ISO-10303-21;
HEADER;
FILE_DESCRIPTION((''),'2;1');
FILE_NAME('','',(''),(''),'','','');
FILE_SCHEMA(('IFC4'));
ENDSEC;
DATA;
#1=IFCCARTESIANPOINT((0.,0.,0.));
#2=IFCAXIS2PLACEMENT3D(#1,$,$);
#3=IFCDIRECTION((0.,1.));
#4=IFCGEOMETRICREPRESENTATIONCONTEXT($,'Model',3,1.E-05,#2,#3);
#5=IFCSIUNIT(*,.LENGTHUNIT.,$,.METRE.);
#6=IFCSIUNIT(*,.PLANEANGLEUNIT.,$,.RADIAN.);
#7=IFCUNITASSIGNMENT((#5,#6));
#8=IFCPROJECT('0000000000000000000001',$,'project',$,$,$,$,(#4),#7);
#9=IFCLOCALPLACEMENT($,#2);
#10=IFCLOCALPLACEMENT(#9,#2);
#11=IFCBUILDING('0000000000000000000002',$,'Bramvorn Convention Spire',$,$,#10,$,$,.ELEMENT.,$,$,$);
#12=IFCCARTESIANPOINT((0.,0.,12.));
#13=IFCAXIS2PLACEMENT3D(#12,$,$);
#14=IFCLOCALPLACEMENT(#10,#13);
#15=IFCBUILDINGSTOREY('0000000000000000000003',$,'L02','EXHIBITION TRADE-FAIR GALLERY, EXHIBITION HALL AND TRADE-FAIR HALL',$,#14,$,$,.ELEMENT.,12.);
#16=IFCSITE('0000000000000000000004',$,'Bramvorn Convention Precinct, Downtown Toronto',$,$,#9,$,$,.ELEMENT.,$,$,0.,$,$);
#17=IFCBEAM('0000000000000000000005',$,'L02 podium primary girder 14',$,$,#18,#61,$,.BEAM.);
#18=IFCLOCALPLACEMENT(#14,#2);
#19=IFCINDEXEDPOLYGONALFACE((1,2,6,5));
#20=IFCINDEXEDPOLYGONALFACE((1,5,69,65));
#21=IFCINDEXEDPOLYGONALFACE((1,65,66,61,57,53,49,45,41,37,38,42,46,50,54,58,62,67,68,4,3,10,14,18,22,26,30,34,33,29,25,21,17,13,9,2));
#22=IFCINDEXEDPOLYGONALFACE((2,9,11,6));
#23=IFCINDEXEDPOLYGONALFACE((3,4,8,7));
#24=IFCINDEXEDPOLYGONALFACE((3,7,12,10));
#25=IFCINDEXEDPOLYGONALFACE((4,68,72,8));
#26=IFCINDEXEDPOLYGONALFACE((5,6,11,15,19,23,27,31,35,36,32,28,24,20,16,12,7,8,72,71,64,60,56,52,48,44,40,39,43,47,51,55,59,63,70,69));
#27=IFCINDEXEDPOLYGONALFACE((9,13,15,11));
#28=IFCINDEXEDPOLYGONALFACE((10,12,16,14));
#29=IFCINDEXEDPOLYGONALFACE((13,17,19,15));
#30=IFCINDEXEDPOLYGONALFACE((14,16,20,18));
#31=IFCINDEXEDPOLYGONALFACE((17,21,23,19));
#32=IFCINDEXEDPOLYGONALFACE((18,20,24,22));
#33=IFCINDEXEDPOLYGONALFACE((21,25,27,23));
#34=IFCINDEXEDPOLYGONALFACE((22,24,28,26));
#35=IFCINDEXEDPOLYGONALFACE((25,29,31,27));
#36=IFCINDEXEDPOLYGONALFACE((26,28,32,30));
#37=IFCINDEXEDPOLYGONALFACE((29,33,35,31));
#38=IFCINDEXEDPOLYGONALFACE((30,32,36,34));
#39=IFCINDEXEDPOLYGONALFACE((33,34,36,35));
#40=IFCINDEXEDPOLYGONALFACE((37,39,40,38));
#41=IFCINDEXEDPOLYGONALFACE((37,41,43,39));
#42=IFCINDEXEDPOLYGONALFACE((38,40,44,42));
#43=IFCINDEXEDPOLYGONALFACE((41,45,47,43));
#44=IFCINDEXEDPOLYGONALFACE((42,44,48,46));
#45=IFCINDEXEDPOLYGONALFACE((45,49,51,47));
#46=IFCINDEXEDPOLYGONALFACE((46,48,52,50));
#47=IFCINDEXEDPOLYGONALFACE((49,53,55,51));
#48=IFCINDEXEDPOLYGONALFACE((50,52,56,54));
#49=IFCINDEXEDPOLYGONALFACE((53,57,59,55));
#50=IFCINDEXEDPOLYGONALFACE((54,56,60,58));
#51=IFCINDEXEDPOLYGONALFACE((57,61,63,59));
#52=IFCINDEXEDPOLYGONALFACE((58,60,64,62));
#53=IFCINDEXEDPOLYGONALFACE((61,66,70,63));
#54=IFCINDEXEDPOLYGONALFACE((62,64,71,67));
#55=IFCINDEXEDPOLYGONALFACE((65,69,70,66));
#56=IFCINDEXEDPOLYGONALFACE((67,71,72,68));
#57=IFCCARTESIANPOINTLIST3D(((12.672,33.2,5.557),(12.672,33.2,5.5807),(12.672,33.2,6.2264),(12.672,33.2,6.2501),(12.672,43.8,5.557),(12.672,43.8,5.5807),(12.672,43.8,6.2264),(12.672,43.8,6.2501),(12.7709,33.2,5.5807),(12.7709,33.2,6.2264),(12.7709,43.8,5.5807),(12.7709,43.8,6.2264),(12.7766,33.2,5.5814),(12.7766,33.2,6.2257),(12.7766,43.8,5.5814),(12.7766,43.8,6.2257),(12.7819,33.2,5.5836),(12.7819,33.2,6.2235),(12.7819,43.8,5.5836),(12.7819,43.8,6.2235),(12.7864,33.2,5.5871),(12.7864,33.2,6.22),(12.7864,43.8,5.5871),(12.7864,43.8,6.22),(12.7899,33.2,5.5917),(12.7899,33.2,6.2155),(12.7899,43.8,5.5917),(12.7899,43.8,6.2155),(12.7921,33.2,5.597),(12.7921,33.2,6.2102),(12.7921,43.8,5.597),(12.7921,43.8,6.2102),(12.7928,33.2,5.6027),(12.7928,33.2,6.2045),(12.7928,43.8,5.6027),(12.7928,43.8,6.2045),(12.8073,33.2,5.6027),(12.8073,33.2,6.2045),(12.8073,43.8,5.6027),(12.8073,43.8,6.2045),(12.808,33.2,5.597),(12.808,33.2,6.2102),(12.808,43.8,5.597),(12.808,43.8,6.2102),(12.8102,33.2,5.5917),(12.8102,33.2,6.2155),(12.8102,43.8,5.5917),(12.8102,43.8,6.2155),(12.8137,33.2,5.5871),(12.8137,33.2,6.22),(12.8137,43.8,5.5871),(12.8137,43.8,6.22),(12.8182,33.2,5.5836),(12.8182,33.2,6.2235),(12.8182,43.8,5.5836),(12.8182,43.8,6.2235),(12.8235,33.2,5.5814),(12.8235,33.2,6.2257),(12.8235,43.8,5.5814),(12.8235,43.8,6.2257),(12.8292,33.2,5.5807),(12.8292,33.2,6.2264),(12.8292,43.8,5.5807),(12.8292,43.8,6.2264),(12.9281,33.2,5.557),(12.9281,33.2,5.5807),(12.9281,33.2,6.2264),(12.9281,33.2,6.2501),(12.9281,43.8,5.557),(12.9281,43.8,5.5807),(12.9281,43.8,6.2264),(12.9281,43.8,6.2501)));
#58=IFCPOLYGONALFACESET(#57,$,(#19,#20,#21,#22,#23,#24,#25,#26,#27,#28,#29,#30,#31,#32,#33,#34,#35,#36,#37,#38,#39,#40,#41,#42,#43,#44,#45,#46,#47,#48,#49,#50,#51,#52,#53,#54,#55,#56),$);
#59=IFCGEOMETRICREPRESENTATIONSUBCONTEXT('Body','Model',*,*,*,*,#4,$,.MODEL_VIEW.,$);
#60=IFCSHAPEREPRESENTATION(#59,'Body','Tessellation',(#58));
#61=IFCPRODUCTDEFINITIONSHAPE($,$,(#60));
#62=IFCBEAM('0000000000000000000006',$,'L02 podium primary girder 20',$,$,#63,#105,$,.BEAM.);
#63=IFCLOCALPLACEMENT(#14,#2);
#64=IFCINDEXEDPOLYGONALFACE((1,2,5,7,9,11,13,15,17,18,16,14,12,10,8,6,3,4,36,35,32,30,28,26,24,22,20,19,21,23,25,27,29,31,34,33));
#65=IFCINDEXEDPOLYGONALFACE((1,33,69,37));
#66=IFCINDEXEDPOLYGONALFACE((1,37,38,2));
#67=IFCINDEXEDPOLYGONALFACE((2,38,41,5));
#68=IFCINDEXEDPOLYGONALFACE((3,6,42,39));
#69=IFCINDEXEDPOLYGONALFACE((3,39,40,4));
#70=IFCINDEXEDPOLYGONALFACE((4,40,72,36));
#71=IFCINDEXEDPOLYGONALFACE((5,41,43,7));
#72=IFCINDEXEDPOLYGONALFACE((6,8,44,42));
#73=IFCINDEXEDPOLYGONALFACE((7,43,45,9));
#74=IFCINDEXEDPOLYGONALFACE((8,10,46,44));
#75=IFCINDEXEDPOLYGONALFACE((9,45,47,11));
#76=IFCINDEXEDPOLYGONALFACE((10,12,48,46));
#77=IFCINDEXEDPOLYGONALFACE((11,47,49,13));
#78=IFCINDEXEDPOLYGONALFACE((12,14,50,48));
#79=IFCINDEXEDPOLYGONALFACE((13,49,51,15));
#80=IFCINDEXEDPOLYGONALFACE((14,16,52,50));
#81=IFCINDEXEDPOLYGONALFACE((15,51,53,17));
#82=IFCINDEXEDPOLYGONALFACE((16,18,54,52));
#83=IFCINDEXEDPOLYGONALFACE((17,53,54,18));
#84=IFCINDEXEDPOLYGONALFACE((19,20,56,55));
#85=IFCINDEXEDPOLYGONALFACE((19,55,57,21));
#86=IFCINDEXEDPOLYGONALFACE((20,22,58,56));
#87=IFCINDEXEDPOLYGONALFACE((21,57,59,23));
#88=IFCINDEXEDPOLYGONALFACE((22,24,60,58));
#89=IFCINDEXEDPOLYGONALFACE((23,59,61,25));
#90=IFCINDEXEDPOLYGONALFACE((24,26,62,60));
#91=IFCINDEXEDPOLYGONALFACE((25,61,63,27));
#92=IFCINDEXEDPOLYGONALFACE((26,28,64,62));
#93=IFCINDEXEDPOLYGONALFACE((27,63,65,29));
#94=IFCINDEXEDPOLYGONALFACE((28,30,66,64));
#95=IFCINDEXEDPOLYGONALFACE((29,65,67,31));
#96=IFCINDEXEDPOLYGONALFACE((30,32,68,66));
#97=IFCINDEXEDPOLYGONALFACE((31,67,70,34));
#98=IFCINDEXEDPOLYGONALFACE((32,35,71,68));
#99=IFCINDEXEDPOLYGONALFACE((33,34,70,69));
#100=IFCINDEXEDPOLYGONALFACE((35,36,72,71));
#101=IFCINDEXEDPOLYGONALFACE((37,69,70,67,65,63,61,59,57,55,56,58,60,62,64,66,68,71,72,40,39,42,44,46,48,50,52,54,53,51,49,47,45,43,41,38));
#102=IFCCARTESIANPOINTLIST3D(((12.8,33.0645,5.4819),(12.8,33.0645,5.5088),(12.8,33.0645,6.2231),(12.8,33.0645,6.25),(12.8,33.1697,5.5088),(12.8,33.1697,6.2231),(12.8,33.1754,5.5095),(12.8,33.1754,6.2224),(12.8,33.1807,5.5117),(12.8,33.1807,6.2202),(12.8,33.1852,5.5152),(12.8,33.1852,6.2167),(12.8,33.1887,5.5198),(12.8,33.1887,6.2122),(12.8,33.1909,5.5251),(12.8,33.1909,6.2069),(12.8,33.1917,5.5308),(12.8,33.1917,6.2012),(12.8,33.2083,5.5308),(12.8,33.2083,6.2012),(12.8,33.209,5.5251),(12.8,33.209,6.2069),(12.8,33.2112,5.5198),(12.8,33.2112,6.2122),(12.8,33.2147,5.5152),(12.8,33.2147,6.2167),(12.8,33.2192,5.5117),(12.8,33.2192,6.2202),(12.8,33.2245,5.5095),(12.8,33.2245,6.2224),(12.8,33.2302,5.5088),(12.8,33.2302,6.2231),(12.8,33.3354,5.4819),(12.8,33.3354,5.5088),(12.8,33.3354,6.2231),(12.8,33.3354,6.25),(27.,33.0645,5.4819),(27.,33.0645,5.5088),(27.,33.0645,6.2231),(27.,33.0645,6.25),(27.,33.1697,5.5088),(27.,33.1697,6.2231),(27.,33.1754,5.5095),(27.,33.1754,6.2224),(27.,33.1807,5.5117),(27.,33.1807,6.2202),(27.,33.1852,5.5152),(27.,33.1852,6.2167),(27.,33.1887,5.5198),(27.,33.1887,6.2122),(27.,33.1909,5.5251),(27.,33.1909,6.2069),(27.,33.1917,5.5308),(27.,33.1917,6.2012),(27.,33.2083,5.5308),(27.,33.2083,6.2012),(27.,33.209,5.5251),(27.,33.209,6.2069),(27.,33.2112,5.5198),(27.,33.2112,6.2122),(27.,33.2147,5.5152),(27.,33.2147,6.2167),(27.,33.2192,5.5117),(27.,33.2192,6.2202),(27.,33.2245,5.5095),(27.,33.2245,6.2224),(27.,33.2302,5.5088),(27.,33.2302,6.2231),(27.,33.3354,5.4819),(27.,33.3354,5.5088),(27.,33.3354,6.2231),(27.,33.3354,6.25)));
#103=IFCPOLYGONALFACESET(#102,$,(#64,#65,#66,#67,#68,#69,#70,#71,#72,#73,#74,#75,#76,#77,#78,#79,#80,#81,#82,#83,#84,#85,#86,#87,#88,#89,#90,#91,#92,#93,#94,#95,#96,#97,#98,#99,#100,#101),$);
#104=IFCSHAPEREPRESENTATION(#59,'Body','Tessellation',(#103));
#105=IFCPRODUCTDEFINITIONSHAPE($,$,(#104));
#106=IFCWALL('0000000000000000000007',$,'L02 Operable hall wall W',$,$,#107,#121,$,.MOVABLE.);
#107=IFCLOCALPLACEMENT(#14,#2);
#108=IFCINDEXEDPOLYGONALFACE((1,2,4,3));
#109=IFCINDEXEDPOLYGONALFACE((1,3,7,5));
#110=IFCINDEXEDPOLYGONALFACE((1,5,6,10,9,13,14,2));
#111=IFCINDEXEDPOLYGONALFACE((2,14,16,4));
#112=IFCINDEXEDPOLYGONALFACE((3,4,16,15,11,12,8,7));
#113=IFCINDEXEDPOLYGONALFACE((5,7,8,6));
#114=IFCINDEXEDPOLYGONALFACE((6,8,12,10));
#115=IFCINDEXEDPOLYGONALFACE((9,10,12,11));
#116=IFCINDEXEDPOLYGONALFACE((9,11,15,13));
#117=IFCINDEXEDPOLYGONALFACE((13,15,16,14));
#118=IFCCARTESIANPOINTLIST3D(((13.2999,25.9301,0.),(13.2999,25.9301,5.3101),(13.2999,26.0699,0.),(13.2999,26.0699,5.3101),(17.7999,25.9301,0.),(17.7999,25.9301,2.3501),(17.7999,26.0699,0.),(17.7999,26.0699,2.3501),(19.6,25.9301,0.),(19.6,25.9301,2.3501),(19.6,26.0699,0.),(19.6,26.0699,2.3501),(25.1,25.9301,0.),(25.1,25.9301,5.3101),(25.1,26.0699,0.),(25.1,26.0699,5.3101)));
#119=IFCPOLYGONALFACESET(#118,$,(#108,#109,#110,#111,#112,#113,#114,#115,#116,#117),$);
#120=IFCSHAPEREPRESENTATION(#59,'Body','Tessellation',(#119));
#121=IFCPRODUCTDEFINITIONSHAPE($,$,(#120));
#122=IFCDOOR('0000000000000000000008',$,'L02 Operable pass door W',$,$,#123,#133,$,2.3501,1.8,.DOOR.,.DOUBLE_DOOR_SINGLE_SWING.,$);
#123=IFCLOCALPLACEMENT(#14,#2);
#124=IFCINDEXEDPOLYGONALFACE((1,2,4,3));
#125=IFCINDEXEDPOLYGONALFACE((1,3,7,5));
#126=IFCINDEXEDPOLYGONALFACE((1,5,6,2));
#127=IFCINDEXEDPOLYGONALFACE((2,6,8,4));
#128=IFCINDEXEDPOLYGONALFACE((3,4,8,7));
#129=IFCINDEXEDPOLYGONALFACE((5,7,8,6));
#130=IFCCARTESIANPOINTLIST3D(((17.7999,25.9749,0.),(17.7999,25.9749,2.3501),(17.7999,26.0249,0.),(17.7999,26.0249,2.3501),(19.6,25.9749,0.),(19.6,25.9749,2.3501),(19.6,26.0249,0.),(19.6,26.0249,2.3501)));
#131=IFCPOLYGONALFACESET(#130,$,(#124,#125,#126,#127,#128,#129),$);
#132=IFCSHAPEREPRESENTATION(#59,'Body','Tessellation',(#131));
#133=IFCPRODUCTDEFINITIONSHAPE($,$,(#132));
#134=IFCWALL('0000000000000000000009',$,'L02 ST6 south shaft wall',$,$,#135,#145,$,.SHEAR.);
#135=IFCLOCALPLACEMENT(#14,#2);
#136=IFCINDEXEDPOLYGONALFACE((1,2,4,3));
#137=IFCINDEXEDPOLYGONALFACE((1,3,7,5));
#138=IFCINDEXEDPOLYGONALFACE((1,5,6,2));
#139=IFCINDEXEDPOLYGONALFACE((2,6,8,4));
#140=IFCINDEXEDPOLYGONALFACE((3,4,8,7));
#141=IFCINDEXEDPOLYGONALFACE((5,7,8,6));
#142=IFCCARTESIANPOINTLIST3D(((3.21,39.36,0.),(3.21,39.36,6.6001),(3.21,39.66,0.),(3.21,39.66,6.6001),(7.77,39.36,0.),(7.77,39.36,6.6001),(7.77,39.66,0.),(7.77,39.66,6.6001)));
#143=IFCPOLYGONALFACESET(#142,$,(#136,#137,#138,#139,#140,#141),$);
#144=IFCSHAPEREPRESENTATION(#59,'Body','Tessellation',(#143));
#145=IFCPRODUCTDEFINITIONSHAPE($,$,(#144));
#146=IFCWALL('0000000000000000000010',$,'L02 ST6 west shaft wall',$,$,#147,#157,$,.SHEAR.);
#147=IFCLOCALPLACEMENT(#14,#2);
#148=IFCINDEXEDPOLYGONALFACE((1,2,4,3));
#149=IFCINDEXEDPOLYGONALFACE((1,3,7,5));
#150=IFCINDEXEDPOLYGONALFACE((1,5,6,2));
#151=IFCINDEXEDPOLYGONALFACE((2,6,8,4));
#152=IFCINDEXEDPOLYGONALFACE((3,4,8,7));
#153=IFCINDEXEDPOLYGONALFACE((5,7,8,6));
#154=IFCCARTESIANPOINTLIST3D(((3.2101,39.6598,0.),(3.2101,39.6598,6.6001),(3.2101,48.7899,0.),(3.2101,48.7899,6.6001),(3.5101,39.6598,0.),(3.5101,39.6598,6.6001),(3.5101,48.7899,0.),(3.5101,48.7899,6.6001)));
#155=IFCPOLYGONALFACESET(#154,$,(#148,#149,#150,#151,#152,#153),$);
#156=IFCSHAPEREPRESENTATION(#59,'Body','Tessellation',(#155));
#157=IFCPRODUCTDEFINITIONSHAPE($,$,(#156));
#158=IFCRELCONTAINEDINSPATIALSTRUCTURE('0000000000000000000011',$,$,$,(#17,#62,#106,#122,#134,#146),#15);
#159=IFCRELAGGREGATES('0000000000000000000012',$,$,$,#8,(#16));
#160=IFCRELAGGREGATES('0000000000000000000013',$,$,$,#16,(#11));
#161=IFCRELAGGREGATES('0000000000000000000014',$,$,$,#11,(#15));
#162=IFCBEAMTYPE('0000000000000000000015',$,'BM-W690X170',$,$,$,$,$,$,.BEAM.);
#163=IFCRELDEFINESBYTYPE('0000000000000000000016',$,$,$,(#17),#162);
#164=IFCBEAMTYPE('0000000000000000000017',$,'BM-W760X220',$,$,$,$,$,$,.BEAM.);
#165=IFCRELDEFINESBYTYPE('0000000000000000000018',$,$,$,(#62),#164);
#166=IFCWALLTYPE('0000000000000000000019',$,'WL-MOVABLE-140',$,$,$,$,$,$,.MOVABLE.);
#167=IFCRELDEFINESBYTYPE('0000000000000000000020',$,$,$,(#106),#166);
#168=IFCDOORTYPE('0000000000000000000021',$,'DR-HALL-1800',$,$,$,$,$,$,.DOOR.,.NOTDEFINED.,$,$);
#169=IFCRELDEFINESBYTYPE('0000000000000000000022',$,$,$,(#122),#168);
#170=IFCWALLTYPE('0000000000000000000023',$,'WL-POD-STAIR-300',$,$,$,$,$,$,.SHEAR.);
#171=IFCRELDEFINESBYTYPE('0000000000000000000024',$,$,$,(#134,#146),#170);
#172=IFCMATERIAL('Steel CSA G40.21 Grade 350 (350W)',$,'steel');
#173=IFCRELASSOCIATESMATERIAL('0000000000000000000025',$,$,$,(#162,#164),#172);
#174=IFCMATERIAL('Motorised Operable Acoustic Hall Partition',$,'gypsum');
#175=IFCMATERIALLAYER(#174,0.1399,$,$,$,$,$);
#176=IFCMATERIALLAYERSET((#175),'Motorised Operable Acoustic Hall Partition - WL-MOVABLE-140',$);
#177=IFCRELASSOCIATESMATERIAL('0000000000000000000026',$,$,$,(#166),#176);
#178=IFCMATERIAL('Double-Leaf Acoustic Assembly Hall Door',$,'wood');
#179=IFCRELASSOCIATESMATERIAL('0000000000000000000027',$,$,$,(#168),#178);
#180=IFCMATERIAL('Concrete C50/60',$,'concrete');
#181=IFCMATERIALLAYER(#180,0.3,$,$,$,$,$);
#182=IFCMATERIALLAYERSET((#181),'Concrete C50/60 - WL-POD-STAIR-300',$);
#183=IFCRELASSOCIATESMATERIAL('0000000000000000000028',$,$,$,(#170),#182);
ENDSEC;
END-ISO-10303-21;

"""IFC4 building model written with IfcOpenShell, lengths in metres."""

from ifc_helpers import new_model, si_unit, direction, frame, frame_2d, origin, origin_2d, place, context, subcontext, project, spatial, rectangle, i_section, extrude, material, layer, layer_set, material_profile, profile_set, type_object, element, fill, save


model = new_model("IFC4")

# Units and contexts
model_context = context("Model", 3, precision=1e-05, world=origin(), true_north=direction((0.0, 1.0)))
body_context = subcontext(model_context, "Body", "Model", "MODEL_VIEW")
ifc_project = project(units=[si_unit("LENGTHUNIT", "METRE"), si_unit("PLANEANGLEUNIT", "RADIAN")], contexts=[model_context])

# Site, building, storey
site_placement = place(None, origin())
site = spatial("IfcSite", under=ifc_project, at=site_placement, Name="Bramvorn Convention Precinct, Downtown Toronto", CompositionType="ELEMENT", RefElevation=0.0)
building_placement = place(site_placement, origin())
building = spatial("IfcBuilding", under=site, at=building_placement, Name="Bramvorn Convention Spire", CompositionType="ELEMENT")
storey_placement = place(building_placement, frame((0.0, 0.0, 12.0)))
storey = spatial("IfcBuildingStorey", under=building, at=storey_placement, Name="L02", Description="EXHIBITION TRADE-FAIR GALLERY, EXHIBITION HALL AND TRADE-FAIR HALL", CompositionType="ELEMENT", Elevation=12.0)

# Shared definitions
ifc_material_1 = material(Name="Steel CSA G40.21 Grade 350 (350W)", Category="steel")

# Beams
ifc_material_2 = material(Name="Concrete C50/60", Category="concrete")
ifc_material_profile_1 = material_profile(ifc_material_1, i_section(OverallWidth=0.2561, OverallDepth=0.6931, WebThickness=0.0144, FlangeThickness=0.0237, FilletRadius=0.022, at=origin_2d()))
ifc_profile_set_1 = profile_set([ifc_material_profile_1], Name="Steel CSA G40.21 Grade 350 (350W) - W690X170")
beam_type_1 = type_object("IfcBeamType", Name="BM-W690X170", PredefinedType="BEAM", material=ifc_profile_set_1)
beam_1_placement = place(storey_placement, frame((12.8, 33.2, 5.9036), z_axis=(0.0, 1.0, 0.0), x_axis=(-1.0, 0.0, 0.0)))
element("IfcBeam", 1, at=beam_1_placement, inside=storey, type_object=beam_type_1, Name="L02 podium primary girder 14", PredefinedType="BEAM", context=body_context, shape_type="SweptSolid", body=[
    extrude(i_section(OverallWidth=0.2561, OverallDepth=0.6931, WebThickness=0.0144, FlangeThickness=0.0237, FilletRadius=0.022, at=origin_2d()), origin(), (0.0, 0.0, 1.0), 10.6001),
])
ifc_material_profile_2 = material_profile(ifc_material_1, i_section(OverallWidth=0.271, OverallDepth=0.7681, WebThickness=0.0166, FlangeThickness=0.0269, FilletRadius=0.022, at=origin_2d()))
ifc_profile_set_2 = profile_set([ifc_material_profile_2], Name="Steel CSA G40.21 Grade 350 (350W) - W760X220")
beam_type_2 = type_object("IfcBeamType", Name="BM-W760X220", PredefinedType="BEAM", material=ifc_profile_set_2)
beam_2_placement = place(storey_placement, frame((12.8, 33.2, 5.866), z_axis=(1.0, 0.0, 0.0), x_axis=(0.0, 1.0, 0.0)))
element("IfcBeam", 2, at=beam_2_placement, inside=storey, type_object=beam_type_2, Name="L02 podium primary girder 20", PredefinedType="BEAM", context=body_context, shape_type="SweptSolid", body=[
    extrude(i_section(OverallWidth=0.271, OverallDepth=0.7681, WebThickness=0.0166, FlangeThickness=0.0269, FilletRadius=0.022, at=origin_2d()), origin(), (0.0, 0.0, 1.0), 14.2),
])

# Wall, opening, door
ifc_material_3 = material(Name="Motorised Operable Acoustic Hall Partition", Category="gypsum")
ifc_layer_1 = layer(ifc_material_3, 0.1399)
ifc_layer_set_1 = layer_set([ifc_layer_1], Name="Motorised Operable Acoustic Hall Partition - WL-MOVABLE-140")
wall_type_1 = type_object("IfcWallType", Name="WL-MOVABLE-140", PredefinedType="MOVABLE", material=ifc_layer_set_1)
wall_1_placement = place(storey_placement, frame((13.3, 26.0, 0.0), z_axis=(0.0, 0.0, 1.0), x_axis=(1.0, 0.0, 0.0)))
wall_1 = element("IfcWall", 3, at=wall_1_placement, inside=storey, type_object=wall_type_1, Name="L02 Operable hall wall W", PredefinedType="MOVABLE", context=body_context, shape_type="SweptSolid", body=[
    extrude(rectangle(XDim=11.8, YDim=0.1399, at=frame_2d((5.8999, 0.0))), origin(), (0.0, 0.0, 1.0), 5.3101),
])
opening_placement = place(wall_1_placement, frame((4.5, 0.0, 0.0)))
opening = element("IfcOpeningElement", 4, at=opening_placement, cuts=wall_1, PredefinedType="OPENING", context=body_context, shape_type="SweptSolid", body=[
    extrude(rectangle(XDim=1.8, YDim=2.3501, at=frame_2d((0.8999, 1.175))), frame((0.0, 0.0798, 0.0), z_axis=(0.0, -1.0, 0.0), x_axis=(1.0, 0.0, 0.0)), (0.0, 0.0, 1.0), 0.1599),
])
ifc_material_4 = material(Name="Double-Leaf Acoustic Assembly Hall Door", Category="wood")
door_type = type_object("IfcDoorType", Name="DR-HALL-1800", OperationType="NOTDEFINED", PredefinedType="DOOR", material=ifc_material_4)
door_placement = place(opening_placement, origin())
door = element("IfcDoor", 5, at=door_placement, inside=storey, type_object=door_type, Name="L02 Operable pass door W", OperationType="DOUBLE_DOOR_SINGLE_SWING", OverallHeight=2.3501, OverallWidth=1.8, PredefinedType="DOOR", context=body_context, shape_type="SweptSolid", body=[
    extrude(rectangle(XDim=1.8, YDim=2.3501, at=frame_2d((0.8999, 1.175))), frame((0.0, 0.0249, 0.0), z_axis=(0.0, -1.0, 0.0), x_axis=(1.0, 0.0, 0.0)), (0.0, 0.0, 1.0), 0.05),
])
fill(opening, door)

# Walls
ifc_layer_2 = layer(ifc_material_2, 0.3)
ifc_layer_set_2 = layer_set([ifc_layer_2], Name="Concrete C50/60 - WL-POD-STAIR-300")
wall_type_2 = type_object("IfcWallType", Name="WL-POD-STAIR-300", PredefinedType="SHEAR", material=ifc_layer_set_2)
wall_2_placement = place(storey_placement, frame((3.21, 39.51, 0.0), z_axis=(0.0, 0.0, 1.0), x_axis=(1.0, 0.0, 0.0)))
element("IfcWall", 6, at=wall_2_placement, inside=storey, type_object=wall_type_2, Name="L02 ST6 south shaft wall", PredefinedType="SHEAR", context=body_context, shape_type="SweptSolid", body=[
    extrude(rectangle(XDim=4.5601, YDim=0.3, at=frame_2d((2.28, 0.0))), origin(), (0.0, 0.0, 1.0), 6.6001),
])
wall_3_placement = place(storey_placement, frame((3.3601, 39.6599, 0.0), z_axis=(0.0, 0.0, 1.0), x_axis=(0.0, 1.0, 0.0)))
element("IfcWall", 7, at=wall_3_placement, inside=storey, type_object=wall_type_2, Name="L02 ST6 west shaft wall", PredefinedType="SHEAR", context=body_context, shape_type="SweptSolid", body=[
    extrude(rectangle(XDim=9.1301, YDim=0.3, at=frame_2d((4.5649, 0.0))), origin(), (0.0, 0.0, 1.0), 6.6001),
])

save(model, "model.ifc")
